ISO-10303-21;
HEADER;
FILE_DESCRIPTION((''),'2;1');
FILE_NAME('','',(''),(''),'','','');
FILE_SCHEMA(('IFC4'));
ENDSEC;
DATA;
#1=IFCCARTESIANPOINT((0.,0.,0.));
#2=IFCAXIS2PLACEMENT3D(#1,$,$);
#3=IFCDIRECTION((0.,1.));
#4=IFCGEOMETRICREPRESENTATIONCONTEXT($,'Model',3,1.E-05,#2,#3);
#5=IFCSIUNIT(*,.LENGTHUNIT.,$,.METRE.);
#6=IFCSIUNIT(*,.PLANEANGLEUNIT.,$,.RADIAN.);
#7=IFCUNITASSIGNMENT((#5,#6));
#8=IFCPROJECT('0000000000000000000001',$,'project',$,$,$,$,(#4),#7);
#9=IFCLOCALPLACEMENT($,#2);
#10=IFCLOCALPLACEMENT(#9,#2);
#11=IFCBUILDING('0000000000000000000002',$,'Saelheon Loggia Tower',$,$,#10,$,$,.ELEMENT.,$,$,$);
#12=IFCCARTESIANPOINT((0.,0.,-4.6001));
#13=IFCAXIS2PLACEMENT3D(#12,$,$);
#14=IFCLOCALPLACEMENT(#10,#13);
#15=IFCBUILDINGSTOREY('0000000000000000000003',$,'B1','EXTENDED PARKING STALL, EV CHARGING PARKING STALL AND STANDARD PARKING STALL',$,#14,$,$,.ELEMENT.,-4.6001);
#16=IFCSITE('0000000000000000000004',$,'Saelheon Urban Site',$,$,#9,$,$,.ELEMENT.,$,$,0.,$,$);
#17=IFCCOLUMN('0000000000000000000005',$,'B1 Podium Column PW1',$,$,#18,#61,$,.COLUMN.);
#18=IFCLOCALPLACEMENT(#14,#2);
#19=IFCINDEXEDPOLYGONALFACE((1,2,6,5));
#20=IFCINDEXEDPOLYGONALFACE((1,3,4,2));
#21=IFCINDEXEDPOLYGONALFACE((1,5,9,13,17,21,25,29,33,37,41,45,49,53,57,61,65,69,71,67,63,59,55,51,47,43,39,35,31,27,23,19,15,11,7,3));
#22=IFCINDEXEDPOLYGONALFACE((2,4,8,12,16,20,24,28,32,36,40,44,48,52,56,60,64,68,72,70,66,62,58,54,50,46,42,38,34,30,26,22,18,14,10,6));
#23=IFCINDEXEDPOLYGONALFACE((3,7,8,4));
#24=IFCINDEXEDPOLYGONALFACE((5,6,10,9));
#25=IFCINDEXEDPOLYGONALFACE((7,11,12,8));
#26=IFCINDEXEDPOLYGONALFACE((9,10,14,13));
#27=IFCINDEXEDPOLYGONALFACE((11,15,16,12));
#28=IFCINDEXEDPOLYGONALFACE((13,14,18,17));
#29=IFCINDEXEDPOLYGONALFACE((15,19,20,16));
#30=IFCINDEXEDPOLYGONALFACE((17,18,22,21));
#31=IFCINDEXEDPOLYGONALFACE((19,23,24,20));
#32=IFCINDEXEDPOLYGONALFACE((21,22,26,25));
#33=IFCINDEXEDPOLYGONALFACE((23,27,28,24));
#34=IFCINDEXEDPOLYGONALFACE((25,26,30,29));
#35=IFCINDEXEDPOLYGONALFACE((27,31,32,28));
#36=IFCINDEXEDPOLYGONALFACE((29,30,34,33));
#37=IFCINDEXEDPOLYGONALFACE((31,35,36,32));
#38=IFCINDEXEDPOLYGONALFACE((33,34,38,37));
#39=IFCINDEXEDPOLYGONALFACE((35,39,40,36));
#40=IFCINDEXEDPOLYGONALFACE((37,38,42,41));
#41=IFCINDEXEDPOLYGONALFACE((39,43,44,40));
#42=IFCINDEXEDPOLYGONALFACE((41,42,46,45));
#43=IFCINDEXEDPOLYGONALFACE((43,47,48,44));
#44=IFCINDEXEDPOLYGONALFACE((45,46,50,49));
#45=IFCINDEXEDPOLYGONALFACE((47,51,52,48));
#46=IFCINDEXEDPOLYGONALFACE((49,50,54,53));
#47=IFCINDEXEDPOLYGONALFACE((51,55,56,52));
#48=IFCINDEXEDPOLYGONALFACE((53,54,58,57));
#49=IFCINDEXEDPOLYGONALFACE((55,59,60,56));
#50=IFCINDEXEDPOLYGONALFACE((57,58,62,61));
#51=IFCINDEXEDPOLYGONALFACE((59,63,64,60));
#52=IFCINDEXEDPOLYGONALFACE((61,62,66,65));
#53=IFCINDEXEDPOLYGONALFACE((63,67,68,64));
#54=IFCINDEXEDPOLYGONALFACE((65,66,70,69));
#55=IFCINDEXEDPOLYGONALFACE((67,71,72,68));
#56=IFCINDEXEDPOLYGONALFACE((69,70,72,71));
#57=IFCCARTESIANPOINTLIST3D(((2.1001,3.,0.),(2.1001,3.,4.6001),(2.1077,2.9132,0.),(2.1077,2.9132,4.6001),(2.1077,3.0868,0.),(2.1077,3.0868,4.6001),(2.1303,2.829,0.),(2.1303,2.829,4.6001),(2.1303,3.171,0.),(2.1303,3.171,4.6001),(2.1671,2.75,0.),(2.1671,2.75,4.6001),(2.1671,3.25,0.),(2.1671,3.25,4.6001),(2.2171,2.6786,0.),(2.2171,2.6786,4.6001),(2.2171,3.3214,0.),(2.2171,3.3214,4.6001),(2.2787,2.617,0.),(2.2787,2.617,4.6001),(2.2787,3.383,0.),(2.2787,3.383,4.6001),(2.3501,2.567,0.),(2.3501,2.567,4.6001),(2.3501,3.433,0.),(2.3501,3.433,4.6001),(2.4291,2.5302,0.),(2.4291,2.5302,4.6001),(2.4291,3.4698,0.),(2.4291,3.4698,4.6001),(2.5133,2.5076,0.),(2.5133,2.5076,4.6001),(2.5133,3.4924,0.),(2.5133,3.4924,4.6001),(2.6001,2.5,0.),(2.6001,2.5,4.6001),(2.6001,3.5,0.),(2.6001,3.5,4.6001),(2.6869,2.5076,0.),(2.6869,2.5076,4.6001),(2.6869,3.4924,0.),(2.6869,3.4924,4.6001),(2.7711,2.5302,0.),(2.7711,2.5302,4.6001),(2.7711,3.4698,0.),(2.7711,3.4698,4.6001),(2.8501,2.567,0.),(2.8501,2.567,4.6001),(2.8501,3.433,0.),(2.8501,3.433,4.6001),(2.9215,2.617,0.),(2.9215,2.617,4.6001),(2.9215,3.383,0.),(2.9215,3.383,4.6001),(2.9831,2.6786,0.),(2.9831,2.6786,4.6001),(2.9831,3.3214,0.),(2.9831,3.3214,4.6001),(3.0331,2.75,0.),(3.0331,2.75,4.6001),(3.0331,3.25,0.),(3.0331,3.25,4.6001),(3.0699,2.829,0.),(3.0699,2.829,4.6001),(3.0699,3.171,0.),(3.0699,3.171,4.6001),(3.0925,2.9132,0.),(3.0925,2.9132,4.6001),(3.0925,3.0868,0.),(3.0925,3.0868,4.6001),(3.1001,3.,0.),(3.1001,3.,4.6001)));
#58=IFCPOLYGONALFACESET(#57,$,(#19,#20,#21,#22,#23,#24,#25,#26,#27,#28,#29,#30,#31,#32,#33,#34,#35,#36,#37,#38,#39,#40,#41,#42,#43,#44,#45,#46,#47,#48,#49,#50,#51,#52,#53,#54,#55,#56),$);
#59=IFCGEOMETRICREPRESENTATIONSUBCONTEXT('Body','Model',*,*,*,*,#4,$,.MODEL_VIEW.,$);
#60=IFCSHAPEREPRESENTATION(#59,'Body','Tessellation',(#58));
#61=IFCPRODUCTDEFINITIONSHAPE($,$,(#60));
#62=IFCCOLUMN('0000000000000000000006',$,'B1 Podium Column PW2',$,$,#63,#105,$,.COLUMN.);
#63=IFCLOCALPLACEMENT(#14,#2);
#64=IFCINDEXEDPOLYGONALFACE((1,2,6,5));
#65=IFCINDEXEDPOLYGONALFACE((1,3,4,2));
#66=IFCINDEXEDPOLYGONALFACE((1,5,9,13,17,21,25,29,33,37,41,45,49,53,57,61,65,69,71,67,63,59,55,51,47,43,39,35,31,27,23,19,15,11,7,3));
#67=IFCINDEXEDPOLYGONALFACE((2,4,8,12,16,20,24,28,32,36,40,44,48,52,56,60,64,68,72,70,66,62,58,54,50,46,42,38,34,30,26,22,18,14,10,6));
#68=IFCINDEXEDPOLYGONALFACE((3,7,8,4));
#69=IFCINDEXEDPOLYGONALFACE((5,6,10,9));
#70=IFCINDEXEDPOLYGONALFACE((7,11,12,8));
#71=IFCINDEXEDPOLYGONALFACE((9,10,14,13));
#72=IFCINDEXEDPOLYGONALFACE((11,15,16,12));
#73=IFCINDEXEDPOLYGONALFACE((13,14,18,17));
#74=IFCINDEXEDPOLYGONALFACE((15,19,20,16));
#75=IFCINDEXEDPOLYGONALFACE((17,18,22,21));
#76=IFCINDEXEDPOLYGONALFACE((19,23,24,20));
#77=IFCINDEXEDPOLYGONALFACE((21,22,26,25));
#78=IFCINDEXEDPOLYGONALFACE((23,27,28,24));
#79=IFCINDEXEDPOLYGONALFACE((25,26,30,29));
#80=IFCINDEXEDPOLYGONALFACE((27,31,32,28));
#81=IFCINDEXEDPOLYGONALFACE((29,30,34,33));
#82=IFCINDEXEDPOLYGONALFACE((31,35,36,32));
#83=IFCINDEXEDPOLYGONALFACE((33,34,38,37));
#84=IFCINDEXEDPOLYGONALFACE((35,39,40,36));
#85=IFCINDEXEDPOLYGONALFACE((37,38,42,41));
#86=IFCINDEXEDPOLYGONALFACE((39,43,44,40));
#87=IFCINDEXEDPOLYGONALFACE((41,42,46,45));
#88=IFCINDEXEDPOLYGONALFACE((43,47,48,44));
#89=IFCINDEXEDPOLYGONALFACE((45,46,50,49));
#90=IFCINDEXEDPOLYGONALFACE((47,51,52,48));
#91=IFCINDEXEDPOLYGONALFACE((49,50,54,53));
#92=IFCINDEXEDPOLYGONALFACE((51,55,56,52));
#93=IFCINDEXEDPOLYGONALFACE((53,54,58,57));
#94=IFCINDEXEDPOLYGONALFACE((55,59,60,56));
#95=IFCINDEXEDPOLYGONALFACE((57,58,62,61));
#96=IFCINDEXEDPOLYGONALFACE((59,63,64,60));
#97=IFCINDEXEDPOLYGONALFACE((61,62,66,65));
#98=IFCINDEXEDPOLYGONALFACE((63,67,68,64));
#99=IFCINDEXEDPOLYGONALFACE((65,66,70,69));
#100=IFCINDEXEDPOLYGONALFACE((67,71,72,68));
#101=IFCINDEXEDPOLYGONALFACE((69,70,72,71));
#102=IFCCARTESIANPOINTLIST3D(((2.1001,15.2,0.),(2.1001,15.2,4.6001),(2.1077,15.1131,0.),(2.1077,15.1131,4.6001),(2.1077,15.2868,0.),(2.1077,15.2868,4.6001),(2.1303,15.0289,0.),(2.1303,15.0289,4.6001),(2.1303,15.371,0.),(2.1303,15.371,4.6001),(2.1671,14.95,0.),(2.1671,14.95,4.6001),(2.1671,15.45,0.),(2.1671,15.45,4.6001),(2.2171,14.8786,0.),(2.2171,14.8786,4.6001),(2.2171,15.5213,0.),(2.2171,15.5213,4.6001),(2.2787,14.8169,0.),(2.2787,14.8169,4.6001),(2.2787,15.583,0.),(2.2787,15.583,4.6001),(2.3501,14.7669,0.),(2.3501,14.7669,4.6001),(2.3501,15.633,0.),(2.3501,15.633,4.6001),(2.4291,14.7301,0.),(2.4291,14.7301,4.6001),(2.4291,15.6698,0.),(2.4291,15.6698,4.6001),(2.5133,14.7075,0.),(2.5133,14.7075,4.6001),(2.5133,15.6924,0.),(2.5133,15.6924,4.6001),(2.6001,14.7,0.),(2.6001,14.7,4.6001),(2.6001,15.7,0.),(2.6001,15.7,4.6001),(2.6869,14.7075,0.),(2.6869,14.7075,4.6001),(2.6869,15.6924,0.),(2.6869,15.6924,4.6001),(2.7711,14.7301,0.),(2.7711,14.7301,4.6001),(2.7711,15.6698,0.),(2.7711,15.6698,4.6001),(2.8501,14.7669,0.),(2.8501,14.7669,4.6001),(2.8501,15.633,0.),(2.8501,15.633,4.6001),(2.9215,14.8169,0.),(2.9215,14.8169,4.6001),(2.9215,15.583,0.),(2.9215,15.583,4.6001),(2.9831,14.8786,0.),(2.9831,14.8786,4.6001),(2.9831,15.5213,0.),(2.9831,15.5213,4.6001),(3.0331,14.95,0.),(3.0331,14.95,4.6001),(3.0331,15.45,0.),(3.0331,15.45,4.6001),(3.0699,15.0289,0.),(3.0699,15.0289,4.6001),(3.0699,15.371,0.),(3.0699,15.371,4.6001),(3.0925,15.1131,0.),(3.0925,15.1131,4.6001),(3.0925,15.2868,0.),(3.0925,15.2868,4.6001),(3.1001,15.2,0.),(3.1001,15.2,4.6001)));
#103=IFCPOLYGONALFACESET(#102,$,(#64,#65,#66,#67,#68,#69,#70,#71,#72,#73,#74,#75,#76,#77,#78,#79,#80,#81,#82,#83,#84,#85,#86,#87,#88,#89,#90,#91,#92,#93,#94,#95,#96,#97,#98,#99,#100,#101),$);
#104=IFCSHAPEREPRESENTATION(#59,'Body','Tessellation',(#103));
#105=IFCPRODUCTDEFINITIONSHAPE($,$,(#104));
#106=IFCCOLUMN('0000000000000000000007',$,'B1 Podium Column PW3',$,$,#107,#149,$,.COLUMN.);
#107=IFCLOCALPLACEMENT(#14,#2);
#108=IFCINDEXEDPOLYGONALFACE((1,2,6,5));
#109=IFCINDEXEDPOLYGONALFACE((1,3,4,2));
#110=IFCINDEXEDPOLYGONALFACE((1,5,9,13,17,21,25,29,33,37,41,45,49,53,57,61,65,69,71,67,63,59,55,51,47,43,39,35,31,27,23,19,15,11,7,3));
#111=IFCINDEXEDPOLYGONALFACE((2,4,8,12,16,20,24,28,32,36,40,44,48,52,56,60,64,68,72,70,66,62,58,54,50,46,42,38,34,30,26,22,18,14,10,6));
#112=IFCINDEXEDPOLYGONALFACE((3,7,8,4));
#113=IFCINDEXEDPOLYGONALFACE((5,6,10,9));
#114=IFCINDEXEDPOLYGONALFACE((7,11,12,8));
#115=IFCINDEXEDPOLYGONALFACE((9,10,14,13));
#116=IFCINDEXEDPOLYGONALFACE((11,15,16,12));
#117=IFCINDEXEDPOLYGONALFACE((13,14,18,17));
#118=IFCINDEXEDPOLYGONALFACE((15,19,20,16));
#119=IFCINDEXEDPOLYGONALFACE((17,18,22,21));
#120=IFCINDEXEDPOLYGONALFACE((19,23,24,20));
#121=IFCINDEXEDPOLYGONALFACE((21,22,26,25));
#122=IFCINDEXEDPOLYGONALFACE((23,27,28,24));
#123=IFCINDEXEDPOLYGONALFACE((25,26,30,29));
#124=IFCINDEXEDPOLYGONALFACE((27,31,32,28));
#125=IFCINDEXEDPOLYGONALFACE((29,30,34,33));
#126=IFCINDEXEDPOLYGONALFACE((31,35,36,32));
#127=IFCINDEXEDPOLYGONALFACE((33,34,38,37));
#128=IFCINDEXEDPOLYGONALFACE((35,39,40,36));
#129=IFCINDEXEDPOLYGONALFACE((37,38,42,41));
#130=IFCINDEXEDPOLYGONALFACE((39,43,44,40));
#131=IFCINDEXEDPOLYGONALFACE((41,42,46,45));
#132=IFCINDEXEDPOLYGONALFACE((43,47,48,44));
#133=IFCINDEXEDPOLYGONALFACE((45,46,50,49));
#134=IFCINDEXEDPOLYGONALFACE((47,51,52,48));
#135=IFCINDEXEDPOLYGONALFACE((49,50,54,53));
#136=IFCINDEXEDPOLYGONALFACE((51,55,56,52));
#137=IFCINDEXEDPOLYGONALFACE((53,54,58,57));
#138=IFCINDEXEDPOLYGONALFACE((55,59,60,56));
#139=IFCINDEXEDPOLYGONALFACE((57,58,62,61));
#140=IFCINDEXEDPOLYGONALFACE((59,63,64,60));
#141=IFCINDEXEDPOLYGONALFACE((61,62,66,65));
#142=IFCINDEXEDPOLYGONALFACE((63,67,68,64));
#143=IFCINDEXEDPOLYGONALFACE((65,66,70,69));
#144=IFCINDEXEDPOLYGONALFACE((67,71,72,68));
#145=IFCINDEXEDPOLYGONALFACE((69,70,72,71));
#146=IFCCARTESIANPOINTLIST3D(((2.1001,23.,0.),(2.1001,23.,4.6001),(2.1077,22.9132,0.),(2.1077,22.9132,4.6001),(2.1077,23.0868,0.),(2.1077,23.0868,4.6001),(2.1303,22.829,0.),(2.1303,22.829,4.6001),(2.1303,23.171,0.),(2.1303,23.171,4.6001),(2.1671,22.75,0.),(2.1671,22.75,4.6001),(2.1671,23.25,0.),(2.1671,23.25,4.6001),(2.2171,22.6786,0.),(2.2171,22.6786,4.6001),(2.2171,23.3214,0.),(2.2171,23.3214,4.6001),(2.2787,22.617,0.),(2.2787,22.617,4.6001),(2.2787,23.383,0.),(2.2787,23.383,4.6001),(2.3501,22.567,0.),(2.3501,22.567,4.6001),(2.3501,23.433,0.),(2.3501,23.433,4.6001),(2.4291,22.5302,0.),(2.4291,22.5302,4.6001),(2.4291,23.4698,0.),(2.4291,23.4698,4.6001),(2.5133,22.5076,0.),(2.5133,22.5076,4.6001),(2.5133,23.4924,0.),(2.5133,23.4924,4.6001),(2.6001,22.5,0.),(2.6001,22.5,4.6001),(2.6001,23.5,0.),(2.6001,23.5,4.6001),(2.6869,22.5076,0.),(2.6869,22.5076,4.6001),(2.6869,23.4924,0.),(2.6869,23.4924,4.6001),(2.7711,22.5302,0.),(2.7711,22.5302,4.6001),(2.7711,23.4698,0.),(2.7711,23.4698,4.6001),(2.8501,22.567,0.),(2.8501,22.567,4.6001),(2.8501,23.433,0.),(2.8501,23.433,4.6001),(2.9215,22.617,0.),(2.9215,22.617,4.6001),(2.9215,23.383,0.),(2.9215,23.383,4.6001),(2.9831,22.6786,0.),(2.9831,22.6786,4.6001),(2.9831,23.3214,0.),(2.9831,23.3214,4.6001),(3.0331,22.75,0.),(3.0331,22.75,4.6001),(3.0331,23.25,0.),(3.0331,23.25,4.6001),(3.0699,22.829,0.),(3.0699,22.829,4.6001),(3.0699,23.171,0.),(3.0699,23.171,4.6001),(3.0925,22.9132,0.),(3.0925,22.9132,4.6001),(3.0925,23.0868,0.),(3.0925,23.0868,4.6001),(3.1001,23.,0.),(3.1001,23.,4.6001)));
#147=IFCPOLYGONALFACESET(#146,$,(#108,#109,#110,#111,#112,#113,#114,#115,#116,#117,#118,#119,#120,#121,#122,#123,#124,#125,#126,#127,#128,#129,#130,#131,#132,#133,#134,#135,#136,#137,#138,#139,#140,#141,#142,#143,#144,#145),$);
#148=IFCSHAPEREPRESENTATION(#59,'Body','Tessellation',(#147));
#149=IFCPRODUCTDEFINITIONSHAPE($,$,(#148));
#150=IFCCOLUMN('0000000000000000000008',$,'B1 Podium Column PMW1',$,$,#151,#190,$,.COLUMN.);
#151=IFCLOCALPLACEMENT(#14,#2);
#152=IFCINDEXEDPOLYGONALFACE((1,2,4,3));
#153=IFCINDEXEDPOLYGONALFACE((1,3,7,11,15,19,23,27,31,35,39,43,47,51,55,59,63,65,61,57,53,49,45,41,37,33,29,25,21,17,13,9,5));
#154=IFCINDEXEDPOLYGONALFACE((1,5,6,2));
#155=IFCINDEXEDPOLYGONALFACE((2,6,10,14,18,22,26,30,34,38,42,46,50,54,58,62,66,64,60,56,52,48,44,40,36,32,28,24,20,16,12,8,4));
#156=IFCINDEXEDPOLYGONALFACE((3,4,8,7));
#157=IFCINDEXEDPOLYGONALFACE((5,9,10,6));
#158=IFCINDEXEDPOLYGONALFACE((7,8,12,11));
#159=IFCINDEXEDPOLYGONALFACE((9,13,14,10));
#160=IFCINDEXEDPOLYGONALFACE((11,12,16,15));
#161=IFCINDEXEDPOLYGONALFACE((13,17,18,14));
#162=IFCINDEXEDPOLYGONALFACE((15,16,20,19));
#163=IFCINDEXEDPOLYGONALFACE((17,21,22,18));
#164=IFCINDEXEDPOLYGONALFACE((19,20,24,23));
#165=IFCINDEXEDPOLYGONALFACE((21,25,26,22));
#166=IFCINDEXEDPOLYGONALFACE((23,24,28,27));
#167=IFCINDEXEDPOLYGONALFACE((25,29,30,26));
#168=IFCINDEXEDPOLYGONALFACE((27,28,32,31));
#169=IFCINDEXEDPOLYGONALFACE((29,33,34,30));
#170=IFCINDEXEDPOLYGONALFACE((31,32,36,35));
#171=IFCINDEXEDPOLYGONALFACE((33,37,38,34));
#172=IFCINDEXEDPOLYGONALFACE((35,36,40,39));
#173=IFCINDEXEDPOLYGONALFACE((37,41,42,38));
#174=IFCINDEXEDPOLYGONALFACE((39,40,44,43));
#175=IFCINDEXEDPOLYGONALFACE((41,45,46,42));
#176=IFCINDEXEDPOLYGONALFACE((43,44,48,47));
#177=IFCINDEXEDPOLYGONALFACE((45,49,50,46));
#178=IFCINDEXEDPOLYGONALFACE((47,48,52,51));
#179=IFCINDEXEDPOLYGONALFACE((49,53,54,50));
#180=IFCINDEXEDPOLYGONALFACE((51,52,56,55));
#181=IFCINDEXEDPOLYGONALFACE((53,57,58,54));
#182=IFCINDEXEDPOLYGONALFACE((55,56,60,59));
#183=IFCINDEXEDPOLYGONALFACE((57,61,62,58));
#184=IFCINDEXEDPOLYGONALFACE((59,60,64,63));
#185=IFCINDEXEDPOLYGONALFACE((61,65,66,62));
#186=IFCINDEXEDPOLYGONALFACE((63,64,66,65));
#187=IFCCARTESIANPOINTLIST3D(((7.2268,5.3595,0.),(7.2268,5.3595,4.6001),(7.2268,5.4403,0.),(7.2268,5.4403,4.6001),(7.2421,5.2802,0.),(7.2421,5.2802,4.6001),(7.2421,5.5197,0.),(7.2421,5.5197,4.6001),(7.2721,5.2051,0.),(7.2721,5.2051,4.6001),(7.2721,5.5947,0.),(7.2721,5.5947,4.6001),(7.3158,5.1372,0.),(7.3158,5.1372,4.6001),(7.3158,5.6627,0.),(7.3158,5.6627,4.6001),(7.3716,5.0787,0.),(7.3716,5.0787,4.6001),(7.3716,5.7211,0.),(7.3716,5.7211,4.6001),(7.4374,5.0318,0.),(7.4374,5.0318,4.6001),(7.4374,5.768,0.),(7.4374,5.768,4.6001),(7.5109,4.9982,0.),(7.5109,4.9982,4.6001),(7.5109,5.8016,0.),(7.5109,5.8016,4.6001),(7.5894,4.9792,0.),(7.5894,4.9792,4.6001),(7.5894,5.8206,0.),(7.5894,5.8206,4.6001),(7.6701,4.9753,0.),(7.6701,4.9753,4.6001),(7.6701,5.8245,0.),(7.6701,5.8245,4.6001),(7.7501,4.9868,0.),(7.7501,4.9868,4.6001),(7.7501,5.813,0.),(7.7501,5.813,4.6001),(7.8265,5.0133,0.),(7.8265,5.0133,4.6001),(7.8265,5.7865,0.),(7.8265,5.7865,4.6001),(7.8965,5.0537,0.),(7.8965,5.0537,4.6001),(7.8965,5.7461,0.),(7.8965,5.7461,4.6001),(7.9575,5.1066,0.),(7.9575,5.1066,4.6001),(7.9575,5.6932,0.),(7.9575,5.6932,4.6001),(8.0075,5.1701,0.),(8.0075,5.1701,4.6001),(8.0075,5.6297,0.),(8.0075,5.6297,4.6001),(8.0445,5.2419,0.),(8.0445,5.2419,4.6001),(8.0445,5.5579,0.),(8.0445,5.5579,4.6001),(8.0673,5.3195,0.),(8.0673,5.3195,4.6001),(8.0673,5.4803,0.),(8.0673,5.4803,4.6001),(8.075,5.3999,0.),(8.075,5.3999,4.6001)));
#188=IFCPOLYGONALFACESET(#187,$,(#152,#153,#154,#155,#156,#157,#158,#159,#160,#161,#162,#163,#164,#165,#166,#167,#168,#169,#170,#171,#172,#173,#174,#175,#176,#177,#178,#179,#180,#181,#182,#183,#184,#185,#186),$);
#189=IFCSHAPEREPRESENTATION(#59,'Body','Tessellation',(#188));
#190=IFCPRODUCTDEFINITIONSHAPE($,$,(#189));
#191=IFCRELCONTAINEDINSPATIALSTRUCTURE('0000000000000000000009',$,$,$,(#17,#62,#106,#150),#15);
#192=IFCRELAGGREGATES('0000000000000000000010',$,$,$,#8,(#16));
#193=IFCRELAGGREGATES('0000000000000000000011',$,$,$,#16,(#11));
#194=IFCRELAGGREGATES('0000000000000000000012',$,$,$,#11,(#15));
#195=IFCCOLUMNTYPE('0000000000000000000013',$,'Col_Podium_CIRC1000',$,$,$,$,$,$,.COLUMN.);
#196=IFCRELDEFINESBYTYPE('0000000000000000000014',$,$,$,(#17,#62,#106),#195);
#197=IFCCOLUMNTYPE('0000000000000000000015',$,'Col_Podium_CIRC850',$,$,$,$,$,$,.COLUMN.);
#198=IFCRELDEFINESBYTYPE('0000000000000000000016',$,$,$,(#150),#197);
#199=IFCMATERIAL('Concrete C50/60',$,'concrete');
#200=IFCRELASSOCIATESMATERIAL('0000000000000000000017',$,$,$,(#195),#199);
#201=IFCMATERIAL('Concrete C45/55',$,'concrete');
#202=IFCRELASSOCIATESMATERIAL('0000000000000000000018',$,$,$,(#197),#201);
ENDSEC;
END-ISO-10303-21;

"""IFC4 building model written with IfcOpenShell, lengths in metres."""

from ifc_helpers import new_model, si_unit, direction, frame, origin, origin_2d, place, context, subcontext, project, spatial, circle, extrude, source, transform, mapped, material, material_profile, profile_set, type_object, element, save


model = new_model("IFC4")

# Units and contexts
model_context = context("Model", 3, precision=1e-05, world=origin(), true_north=direction((0.0, 1.0)))
body_context = subcontext(model_context, "Body", "Model", "MODEL_VIEW")
ifc_project = project(units=[si_unit("LENGTHUNIT", "METRE"), si_unit("PLANEANGLEUNIT", "RADIAN")], contexts=[model_context])

# Site, building, storey
site_placement = place(None, origin())
site = spatial("IfcSite", under=ifc_project, at=site_placement, Name="Saelheon Urban Site", CompositionType="ELEMENT", RefElevation=0.0)
building_placement = place(site_placement, origin())
building = spatial("IfcBuilding", under=site, at=building_placement, Name="Saelheon Loggia Tower", CompositionType="ELEMENT")
storey_placement = place(building_placement, frame((0.0, 0.0, -4.6001)))
storey = spatial("IfcBuildingStorey", under=building, at=storey_placement, Name="B1", Description="EXTENDED PARKING STALL, EV CHARGING PARKING STALL AND STANDARD PARKING STALL", CompositionType="ELEMENT", Elevation=-4.6001)

# Columns
ifc_material_1 = material(Name="Concrete C50/60", Category="concrete")
ifc_material_profile_1 = material_profile(ifc_material_1, circle(Radius=0.5, at=origin_2d()), Name="CIRC-1000")
ifc_profile_set_1 = profile_set([ifc_material_profile_1], Name="Concrete C50/60")
column_type_1 = type_object("IfcColumnType", Name="Col_Podium_CIRC1000", PredefinedType="COLUMN", material=ifc_profile_set_1)
shared_shape_1 = source(origin(), body_context, "Body", "SweptSolid", [
    extrude(circle(Radius=0.5, at=origin_2d()), origin(), (0.0, 0.0, 1.0), 4.6001),
])
for number, where, z_axis, x_axis, name in (
    (1, (2.6001, 3.0, 0.0), (0.0, 0.0, 1.0), (1.0, 0.0, 0.0), "B1 Podium Column PW1"),
    (2, (2.6001, 15.2, 0.0), (0.0, 0.0, 1.0), (1.0, 0.0, 0.0), "B1 Podium Column PW2"),
    (3, (2.6001, 23.0, 0.0), (0.0, 0.0, 1.0), (1.0, 0.0, 0.0), "B1 Podium Column PW3"),
):
    element("IfcColumn", number, at=place(storey_placement, frame(where, z_axis=z_axis, x_axis=x_axis)), inside=storey, type_object=column_type_1, Name=name, PredefinedType="COLUMN", context=body_context, shape_type="MappedRepresentation", body=[
        mapped(shared_shape_1, transform((0.0, 0.0, 0.0), scale=1.0)),
    ])
ifc_material_2 = material(Name="Concrete C45/55", Category="concrete")
ifc_material_profile_2 = material_profile(ifc_material_2, circle(Radius=0.425, at=origin_2d()), Name="CIRC-850")
ifc_profile_set_2 = profile_set([ifc_material_profile_2], Name="Concrete C45/55")
column_type_2 = type_object("IfcColumnType", Name="Col_Podium_CIRC850", PredefinedType="COLUMN", material=ifc_profile_set_2)
shared_shape_2 = source(origin(), body_context, "Body", "SweptSolid", [
    extrude(circle(Radius=0.425, at=origin_2d()), origin(), (0.0, 0.0, 1.0), 4.6001),
])
for number, where, z_axis, x_axis, name in (
    (4, (7.6499, 5.3999, 0.0), (0.0, 0.0, 1.0), (1.0, 0.0, 0.0), "B1 Podium Column PMW1"),
):
    element("IfcColumn", number, at=place(storey_placement, frame(where, z_axis=z_axis, x_axis=x_axis)), inside=storey, type_object=column_type_2, Name=name, PredefinedType="COLUMN", context=body_context, shape_type="MappedRepresentation", body=[
        mapped(shared_shape_2, transform((0.0, 0.0, 0.0), scale=1.0)),
    ])

save(model, "model.ifc")
